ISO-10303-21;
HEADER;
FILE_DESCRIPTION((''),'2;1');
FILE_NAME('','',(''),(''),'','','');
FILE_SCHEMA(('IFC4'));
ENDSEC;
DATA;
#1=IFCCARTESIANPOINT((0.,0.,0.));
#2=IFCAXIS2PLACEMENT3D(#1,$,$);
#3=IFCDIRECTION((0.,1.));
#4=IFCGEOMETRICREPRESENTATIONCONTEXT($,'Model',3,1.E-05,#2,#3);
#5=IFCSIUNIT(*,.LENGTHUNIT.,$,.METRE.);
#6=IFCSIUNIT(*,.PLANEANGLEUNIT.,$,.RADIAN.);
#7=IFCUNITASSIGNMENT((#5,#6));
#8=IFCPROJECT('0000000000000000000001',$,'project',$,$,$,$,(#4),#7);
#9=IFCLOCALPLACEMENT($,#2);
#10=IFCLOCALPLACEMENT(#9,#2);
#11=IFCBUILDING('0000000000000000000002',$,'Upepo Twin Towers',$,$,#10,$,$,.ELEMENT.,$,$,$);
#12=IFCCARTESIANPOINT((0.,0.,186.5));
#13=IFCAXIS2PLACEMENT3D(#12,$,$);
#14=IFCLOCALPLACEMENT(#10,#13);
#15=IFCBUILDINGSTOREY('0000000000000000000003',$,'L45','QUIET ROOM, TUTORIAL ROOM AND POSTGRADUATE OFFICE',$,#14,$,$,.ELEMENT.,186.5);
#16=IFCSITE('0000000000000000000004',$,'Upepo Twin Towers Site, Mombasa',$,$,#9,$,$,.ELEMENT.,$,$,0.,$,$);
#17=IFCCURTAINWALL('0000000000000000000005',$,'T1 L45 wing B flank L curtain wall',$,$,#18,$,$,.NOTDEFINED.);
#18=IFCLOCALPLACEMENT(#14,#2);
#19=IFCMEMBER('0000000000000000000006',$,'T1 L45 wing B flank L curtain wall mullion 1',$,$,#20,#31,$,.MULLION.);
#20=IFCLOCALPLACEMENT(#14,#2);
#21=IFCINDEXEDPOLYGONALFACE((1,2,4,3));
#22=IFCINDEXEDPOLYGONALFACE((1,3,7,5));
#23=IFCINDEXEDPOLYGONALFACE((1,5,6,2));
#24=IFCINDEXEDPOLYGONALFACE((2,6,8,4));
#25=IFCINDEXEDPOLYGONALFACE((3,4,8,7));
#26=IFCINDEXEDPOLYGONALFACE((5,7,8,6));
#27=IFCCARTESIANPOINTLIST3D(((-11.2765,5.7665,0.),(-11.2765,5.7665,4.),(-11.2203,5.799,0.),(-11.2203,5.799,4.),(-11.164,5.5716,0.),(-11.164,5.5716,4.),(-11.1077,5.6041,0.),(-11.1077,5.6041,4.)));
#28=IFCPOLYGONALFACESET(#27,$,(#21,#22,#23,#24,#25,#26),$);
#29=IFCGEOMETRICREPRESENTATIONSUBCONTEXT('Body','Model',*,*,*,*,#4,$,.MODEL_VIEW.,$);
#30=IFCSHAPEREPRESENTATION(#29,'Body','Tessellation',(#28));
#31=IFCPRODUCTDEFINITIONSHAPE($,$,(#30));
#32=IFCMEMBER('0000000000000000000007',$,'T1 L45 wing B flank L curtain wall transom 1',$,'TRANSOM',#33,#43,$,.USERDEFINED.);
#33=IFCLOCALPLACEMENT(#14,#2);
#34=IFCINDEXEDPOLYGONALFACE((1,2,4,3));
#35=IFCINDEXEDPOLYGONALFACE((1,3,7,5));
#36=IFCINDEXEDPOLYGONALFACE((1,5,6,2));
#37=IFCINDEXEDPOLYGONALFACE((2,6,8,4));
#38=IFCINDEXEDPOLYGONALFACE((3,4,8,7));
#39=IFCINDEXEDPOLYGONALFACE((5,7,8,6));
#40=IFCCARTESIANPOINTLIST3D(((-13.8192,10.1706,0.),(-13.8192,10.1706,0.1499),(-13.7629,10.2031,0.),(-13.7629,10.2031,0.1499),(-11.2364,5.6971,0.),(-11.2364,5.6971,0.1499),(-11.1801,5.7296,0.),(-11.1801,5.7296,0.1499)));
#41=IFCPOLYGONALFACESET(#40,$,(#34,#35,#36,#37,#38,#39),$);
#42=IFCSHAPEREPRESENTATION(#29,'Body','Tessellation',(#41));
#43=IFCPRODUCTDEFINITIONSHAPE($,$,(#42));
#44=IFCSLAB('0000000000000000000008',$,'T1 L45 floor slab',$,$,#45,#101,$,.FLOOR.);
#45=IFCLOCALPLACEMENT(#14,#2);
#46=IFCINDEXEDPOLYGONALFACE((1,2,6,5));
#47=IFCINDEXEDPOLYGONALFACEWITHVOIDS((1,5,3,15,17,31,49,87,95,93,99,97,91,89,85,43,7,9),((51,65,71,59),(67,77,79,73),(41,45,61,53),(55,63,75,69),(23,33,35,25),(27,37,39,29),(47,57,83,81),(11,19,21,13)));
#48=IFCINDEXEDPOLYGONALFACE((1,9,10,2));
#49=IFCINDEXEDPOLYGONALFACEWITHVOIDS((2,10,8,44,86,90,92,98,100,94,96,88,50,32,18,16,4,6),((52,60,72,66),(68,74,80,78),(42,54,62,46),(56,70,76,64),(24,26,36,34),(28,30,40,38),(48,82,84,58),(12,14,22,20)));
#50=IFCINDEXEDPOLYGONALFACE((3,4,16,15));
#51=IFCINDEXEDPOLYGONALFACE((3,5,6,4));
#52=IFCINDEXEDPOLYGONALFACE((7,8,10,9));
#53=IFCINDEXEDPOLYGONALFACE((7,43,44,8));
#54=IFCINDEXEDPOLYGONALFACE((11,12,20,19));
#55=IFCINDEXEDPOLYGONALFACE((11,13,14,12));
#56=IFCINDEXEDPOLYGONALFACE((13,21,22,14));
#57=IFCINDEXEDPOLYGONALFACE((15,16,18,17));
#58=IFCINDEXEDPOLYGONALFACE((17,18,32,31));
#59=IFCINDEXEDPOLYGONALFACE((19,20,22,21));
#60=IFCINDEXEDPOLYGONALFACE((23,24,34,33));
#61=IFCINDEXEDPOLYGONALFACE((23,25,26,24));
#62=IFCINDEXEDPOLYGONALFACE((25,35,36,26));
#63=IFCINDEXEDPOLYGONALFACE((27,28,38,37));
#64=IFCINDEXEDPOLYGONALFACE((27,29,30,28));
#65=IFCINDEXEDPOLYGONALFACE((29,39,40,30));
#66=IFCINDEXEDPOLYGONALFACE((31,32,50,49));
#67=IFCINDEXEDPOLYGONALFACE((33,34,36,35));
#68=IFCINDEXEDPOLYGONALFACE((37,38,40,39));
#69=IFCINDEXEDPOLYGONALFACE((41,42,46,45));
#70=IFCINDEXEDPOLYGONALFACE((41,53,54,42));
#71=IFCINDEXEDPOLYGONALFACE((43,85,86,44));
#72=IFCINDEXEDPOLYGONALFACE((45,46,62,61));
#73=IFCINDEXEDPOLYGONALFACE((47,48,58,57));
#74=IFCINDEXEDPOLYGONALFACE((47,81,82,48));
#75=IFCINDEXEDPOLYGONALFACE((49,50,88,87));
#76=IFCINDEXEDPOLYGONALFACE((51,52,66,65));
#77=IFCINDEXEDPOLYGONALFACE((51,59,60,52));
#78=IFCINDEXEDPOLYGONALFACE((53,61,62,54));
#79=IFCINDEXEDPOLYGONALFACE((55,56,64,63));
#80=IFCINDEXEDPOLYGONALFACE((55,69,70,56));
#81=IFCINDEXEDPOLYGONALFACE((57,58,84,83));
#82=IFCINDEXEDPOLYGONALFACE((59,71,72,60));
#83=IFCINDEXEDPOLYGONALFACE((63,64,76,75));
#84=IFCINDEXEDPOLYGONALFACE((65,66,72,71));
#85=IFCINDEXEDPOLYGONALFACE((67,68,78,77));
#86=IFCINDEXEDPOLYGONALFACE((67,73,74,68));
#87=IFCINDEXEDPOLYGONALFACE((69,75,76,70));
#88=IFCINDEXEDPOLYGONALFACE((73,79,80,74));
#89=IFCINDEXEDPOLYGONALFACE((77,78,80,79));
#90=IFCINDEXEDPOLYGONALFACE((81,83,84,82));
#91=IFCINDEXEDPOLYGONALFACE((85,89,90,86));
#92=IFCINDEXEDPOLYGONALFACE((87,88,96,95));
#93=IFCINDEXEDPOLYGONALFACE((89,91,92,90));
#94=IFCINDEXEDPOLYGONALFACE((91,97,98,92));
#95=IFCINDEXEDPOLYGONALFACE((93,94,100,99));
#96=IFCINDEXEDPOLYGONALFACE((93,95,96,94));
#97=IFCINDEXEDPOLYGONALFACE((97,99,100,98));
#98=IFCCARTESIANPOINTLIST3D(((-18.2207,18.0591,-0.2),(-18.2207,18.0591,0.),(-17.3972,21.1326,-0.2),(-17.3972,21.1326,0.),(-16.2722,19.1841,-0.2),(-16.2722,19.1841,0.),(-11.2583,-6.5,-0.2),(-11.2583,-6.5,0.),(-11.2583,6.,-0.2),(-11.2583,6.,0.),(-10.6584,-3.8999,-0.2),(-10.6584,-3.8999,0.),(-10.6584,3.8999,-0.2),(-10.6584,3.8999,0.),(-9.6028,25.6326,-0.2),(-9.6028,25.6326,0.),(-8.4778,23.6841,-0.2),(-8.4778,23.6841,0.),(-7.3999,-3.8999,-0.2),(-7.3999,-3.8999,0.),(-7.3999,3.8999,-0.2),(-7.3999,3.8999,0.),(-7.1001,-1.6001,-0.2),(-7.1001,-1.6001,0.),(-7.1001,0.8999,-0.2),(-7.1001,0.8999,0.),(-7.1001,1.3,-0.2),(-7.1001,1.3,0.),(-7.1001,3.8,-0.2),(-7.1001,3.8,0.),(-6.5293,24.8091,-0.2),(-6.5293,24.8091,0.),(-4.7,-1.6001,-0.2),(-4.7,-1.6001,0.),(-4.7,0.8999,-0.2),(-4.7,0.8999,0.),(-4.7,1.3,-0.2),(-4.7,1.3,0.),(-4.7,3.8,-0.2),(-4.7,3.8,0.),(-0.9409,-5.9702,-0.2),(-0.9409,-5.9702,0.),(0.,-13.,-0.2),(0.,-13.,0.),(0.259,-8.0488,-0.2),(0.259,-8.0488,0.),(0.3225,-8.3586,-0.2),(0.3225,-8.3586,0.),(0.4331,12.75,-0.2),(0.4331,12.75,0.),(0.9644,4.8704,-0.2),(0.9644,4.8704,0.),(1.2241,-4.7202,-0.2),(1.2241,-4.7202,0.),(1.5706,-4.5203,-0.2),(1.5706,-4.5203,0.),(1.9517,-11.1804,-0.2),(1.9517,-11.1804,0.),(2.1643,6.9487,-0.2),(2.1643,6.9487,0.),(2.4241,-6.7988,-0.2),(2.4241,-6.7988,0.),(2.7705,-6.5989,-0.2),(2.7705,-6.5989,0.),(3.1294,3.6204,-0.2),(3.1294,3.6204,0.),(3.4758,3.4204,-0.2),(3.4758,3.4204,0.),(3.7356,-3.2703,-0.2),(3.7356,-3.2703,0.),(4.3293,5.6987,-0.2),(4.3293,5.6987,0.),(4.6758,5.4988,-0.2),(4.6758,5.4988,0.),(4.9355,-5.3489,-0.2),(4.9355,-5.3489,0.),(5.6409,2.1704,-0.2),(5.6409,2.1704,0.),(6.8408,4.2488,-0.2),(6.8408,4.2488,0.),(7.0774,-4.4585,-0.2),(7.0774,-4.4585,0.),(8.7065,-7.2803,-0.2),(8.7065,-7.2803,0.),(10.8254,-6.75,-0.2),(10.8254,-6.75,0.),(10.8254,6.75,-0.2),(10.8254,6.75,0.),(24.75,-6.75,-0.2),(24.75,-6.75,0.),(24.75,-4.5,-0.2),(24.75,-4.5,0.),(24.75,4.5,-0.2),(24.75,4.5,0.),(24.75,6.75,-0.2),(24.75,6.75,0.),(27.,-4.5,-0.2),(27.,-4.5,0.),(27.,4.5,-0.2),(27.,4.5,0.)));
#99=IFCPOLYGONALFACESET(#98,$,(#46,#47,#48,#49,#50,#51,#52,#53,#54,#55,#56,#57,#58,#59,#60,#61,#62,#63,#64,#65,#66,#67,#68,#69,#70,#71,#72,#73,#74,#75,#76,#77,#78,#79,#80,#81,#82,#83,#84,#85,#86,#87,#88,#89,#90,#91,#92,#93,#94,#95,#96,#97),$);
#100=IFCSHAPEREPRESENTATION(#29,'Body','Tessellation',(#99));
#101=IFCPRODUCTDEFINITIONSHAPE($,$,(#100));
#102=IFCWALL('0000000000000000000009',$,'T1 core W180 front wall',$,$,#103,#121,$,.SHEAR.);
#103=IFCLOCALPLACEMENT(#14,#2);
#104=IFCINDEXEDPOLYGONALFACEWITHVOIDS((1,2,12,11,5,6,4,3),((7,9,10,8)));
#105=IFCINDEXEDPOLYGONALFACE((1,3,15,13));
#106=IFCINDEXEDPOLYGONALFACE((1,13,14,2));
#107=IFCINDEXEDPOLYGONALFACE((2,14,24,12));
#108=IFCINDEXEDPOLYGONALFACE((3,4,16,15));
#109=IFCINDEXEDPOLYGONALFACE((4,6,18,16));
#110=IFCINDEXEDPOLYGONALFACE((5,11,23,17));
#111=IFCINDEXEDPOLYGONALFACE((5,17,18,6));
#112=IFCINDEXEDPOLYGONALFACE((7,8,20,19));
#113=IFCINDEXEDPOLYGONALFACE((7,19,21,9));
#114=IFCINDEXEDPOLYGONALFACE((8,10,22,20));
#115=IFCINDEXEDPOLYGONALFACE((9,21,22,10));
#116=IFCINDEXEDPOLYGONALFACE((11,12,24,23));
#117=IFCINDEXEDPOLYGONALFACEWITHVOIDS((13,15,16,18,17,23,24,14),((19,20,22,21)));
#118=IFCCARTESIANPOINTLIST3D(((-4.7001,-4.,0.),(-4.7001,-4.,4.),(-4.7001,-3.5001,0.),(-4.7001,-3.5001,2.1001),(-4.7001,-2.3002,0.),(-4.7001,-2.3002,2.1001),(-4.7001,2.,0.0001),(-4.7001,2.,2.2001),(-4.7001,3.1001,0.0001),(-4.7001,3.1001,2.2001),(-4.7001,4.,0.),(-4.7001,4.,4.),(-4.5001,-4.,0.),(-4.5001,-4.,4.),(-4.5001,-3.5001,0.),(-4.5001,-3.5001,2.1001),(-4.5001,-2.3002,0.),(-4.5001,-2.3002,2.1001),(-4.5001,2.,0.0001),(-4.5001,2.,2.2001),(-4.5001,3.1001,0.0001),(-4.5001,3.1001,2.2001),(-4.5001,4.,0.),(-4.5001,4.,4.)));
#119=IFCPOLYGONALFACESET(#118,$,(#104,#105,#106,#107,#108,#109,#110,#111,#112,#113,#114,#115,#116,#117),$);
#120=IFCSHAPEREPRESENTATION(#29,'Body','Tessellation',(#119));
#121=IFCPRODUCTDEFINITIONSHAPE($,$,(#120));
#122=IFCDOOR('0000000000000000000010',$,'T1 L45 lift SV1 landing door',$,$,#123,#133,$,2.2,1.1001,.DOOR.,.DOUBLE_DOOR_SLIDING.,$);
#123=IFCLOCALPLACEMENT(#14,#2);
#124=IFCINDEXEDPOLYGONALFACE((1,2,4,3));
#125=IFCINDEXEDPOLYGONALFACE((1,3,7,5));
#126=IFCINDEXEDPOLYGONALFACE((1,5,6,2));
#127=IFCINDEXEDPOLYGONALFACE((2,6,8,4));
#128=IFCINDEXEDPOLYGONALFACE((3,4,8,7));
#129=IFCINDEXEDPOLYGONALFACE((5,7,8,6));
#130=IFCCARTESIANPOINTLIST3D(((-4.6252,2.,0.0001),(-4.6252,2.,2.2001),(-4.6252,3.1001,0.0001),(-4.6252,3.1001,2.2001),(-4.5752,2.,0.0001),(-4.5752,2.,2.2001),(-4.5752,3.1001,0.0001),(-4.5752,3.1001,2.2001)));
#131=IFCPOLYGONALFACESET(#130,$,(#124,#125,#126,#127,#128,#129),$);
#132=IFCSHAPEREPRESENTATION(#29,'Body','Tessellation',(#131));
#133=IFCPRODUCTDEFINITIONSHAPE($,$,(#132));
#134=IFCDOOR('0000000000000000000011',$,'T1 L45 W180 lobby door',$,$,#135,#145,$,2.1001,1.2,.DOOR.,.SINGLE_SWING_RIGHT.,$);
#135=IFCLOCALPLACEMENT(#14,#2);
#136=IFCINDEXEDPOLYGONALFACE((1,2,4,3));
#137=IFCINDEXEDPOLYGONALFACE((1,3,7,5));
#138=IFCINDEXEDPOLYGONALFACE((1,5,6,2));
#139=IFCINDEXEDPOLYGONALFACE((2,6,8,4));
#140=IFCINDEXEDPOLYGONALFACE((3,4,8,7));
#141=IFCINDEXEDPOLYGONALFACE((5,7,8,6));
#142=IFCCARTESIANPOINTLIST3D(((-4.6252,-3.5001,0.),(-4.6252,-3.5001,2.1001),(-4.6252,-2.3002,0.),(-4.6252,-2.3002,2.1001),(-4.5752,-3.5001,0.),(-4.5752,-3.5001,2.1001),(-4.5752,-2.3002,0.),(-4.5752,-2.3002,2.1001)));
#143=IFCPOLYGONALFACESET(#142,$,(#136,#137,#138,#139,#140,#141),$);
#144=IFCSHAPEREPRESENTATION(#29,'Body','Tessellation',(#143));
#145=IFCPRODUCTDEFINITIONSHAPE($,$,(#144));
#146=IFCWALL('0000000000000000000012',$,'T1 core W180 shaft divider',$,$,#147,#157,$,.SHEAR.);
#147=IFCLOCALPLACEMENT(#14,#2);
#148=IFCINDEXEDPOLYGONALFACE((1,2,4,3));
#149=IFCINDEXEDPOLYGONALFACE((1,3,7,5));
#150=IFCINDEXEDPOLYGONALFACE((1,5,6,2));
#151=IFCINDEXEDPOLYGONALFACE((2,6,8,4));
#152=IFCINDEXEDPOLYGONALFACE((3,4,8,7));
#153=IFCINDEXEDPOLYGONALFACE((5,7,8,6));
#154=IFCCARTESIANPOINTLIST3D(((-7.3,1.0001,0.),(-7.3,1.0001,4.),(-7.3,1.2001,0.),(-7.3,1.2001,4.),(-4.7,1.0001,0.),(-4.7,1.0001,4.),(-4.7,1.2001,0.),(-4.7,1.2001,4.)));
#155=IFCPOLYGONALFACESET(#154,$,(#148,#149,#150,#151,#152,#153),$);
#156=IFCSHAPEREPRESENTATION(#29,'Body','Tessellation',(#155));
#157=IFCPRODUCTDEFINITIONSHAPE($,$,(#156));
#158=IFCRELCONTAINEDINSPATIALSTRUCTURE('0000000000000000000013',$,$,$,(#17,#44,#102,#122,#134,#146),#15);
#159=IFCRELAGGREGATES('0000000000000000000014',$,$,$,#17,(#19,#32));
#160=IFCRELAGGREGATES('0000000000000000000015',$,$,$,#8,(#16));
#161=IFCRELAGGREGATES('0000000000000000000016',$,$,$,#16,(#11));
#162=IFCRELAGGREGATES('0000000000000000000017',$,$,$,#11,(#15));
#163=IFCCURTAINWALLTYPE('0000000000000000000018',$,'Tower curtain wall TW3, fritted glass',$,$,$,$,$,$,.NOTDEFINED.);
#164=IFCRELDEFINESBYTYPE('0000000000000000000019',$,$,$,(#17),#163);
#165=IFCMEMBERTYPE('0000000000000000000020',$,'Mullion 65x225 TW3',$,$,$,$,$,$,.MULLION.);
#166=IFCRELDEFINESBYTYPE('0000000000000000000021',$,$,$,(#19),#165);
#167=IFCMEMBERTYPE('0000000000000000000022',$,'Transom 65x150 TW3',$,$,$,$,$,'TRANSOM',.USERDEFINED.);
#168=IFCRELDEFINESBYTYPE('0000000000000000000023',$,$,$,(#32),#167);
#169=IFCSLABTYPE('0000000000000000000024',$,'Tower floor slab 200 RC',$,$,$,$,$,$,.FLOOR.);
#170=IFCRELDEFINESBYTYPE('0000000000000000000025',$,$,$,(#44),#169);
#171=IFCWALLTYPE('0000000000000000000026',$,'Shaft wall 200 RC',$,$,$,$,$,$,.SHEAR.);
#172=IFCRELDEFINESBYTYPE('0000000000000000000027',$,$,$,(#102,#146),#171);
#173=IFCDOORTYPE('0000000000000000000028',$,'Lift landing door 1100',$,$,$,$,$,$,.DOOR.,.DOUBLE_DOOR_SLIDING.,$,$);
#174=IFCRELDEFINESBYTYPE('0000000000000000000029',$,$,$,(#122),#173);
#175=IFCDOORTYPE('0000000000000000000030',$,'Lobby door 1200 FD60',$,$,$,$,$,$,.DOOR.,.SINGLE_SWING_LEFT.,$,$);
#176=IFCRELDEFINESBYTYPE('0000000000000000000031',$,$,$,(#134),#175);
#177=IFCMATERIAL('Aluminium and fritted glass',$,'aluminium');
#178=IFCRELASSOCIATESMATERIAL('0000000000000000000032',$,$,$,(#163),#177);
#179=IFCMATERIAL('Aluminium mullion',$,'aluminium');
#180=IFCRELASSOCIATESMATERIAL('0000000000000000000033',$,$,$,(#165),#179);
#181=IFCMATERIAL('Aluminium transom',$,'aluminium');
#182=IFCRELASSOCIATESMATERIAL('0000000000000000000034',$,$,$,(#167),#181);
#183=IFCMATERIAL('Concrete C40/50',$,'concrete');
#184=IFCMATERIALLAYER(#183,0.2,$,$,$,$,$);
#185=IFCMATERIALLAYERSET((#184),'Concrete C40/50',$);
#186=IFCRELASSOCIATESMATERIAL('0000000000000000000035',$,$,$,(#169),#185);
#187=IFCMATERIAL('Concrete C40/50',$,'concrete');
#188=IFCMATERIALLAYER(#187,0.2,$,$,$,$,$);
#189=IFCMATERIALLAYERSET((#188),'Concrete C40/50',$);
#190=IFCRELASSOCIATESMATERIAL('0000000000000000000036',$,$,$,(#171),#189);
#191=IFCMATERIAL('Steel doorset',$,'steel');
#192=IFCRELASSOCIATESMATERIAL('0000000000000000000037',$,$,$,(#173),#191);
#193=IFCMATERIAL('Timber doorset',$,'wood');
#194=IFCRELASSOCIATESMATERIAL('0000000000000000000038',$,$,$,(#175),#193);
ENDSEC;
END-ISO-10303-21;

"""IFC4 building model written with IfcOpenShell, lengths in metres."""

from ifc_helpers import new_model, si_unit, direction, frame, frame_2d, origin, origin_2d, place, context, subcontext, project, spatial, polyline, rectangle, outline, extrude, material, layer, layer_set, material_profile, profile_set, type_object, element, fill, aggregate, save


model = new_model("IFC4")

# Units and contexts
model_context = context("Model", 3, precision=1e-05, world=origin(), true_north=direction((0.0, 1.0)))
body_context = subcontext(model_context, "Body", "Model", "MODEL_VIEW")
ifc_project = project(units=[si_unit("LENGTHUNIT", "METRE"), si_unit("PLANEANGLEUNIT", "RADIAN")], contexts=[model_context])

# Site, building, storey
site_placement = place(None, origin())
site = spatial("IfcSite", under=ifc_project, at=site_placement, Name="Upepo Twin Towers Site, Mombasa", CompositionType="ELEMENT", RefElevation=0.0)
building_placement = place(site_placement, origin())
building = spatial("IfcBuilding", under=site, at=building_placement, Name="Upepo Twin Towers", CompositionType="ELEMENT")
storey_placement = place(building_placement, frame((0.0, 0.0, 186.5)))
storey = spatial("IfcBuildingStorey", under=building, at=storey_placement, Name="L45", Description="QUIET ROOM, TUTORIAL ROOM AND POSTGRADUATE OFFICE", CompositionType="ELEMENT", Elevation=186.5)

# Curtain wall, members
ifc_material_1 = material(Name="Aluminium and fritted glass", Category="aluminium")
curtain_wall_type = type_object("IfcCurtainWallType", Name="Tower curtain wall TW3, fritted glass", PredefinedType="NOTDEFINED", material=ifc_material_1)
curtain_wall_placement = place(storey_placement, origin())
curtain_wall = element("IfcCurtainWall", 1, at=curtain_wall_placement, inside=storey, type_object=curtain_wall_type, Name="T1 L45 wing B flank L curtain wall", PredefinedType="NOTDEFINED")
ifc_material_2 = material(Name="Aluminium mullion", Category="aluminium")
ifc_material_profile_1 = material_profile(ifc_material_2, rectangle(XDim=0.0649, YDim=0.2251, at=origin_2d()), Name="MULLION 65x225")
ifc_profile_set_1 = profile_set([ifc_material_profile_1], Name="Aluminium mullion")
member_type_1 = type_object("IfcMemberType", Name="Mullion 65x225 TW3", PredefinedType="MULLION", material=ifc_profile_set_1)
member_1_placement = place(storey_placement, frame((-11.1921, 5.6853, 0.0), z_axis=(0.0, 0.0, 1.0), x_axis=(-0.866025, -0.5, 0.0)))
member_1 = element("IfcMember", 2, at=member_1_placement, type_object=member_type_1, Name="T1 L45 wing B flank L curtain wall mullion 1", PredefinedType="MULLION", context=body_context, shape_type="SweptSolid", body=[
    extrude(rectangle(XDim=0.0649, YDim=0.2251, at=origin_2d()), origin(), (0.0, 0.0, 1.0), 4.0),
])
ifc_material_3 = material(Name="Aluminium transom", Category="aluminium")
ifc_material_profile_2 = material_profile(ifc_material_3, rectangle(XDim=0.0649, YDim=0.1499, at=origin_2d()), Name="TRANSOM 65x150")
ifc_profile_set_2 = profile_set([ifc_material_profile_2], Name="Aluminium transom")
member_type_2 = type_object("IfcMemberType", Name="Transom 65x150 TW3", ElementType="TRANSOM", PredefinedType="USERDEFINED", material=ifc_profile_set_2)
member_2_placement = place(storey_placement, frame((-11.2083, 5.7134, 0.075), z_axis=(-0.500007, 0.866021, 0.0), x_axis=(-0.866021, -0.500007, 0.0)))
member_2 = element("IfcMember", 3, at=member_2_placement, type_object=member_type_2, Name="T1 L45 wing B flank L curtain wall transom 1", ObjectType="TRANSOM", PredefinedType="USERDEFINED", context=body_context, shape_type="SweptSolid", body=[
    extrude(rectangle(XDim=0.0649, YDim=0.1499, at=origin_2d()), origin(), (0.0, 0.0, 1.0), 5.1655),
])
aggregate(curtain_wall, [member_1, member_2])

# Slab
ifc_material_4 = material(Name="Concrete C40/50", Category="concrete")
ifc_layer_1 = layer(ifc_material_4, 0.2)
ifc_layer_set_1 = layer_set([ifc_layer_1], Name="Concrete C40/50")
slab_type = type_object("IfcSlabType", Name="Tower floor slab 200 RC", PredefinedType="FLOOR", material=ifc_layer_set_1)
slab_placement = place(storey_placement, frame((0.0, 0.0, -0.2)))
element("IfcSlab", 4, at=slab_placement, inside=storey, type_object=slab_type, Name="T1 L45 floor slab", PredefinedType="FLOOR", context=body_context, shape_type="SweptSolid", body=[
    extrude(outline(polyline([(10.8254, 6.75), (24.75, 6.75), (24.75, 4.5), (27.0, 4.5), (27.0, -4.5), (24.75, -4.5), (24.75, -6.75), (10.8254, -6.75), (0.0, -13.0), (-11.2583, -6.5), (-11.2583, 6.0), (-18.2207, 18.0591), (-16.2722, 19.1841), (-17.3972, 21.1326), (-9.6028, 25.6326), (-8.4778, 23.6841), (-6.5293, 24.8091), (0.4331, 12.75), (10.8254, 6.75)]), holes=[polyline([(5.6409, 2.1704), (6.8408, 4.2488), (4.6758, 5.4988), (3.4758, 3.4204), (5.6409, 2.1704)]), polyline([(3.1294, 3.6204), (4.3293, 5.6987), (2.1643, 6.9487), (0.9644, 4.8704), (3.1294, 3.6204)]), polyline([(-4.7, 3.8), (-7.1001, 3.8), (-7.1001, 1.3), (-4.7, 1.3), (-4.7, 3.8)]), polyline([(-4.7, 0.8999), (-7.1001, 0.8999), (-7.1001, -1.6001), (-4.7, -1.6001), (-4.7, 0.8999)]), polyline([(-7.3999, 3.8999), (-10.6584, 3.8999), (-10.6584, -3.8999), (-7.3999, -3.8999), (-7.3999, 3.8999)]), polyline([(-0.9409, -5.9702), (0.259, -8.0488), (2.4241, -6.7988), (1.2241, -4.7202), (-0.9409, -5.9702)]), polyline([(1.5706, -4.5203), (2.7705, -6.5989), (4.9355, -5.3489), (3.7356, -3.2703), (1.5706, -4.5203)]), polyline([(0.3225, -8.3586), (1.9517, -11.1804), (8.7065, -7.2803), (7.0774, -4.4585), (0.3225, -8.3586)])]), origin(), (0.0, 0.0, 1.0), 0.2),
])

# Wall, openings, doors
ifc_material_5 = material(Name="Concrete C40/50", Category="concrete")
ifc_layer_2 = layer(ifc_material_5, 0.2)
ifc_layer_set_2 = layer_set([ifc_layer_2], Name="Concrete C40/50")
wall_type_1 = type_object("IfcWallType", Name="Shaft wall 200 RC", PredefinedType="SHEAR", material=ifc_layer_set_2)
wall_1_placement = place(storey_placement, frame((-4.6001, 4.0, 0.0), z_axis=(0.0, 0.0, 1.0), x_axis=(0.0, -1.0, 0.0)))
wall_1 = element("IfcWall", 5, at=wall_1_placement, inside=storey, type_object=wall_type_1, Name="T1 core W180 front wall", PredefinedType="SHEAR", context=body_context, shape_type="SweptSolid", body=[
    extrude(rectangle(XDim=8.0, YDim=0.2, at=frame_2d((4.0, 0.0))), origin(), (0.0, 0.0, 1.0), 4.0),
])
opening_1_placement = place(wall_1_placement, frame((6.3, 0.0, 0.0)))
opening_1 = element("IfcOpeningElement", 6, at=opening_1_placement, cuts=wall_1, PredefinedType="OPENING", context=body_context, shape_type="SweptSolid", body=[
    extrude(rectangle(XDim=1.2, YDim=2.1001, at=frame_2d((0.6001, 1.05))), frame((0.0, 0.1099, 0.0), z_axis=(0.0, -1.0, 0.0), x_axis=(1.0, 0.0, 0.0)), (0.0, 0.0, 1.0), 0.22),
])
opening_2_placement = place(wall_1_placement, frame((0.8999, 0.0, 0.0)))
opening_2 = element("IfcOpeningElement", 7, at=opening_2_placement, cuts=wall_1, PredefinedType="OPENING", context=body_context, shape_type="SweptSolid", body=[
    extrude(rectangle(XDim=1.1001, YDim=2.2, at=frame_2d((0.55, 1.1001))), frame((0.0, 0.1099, 0.0), z_axis=(0.0, -1.0, 0.0), x_axis=(1.0, 0.0, 0.0)), (0.0, 0.0, 1.0), 0.22),
])
ifc_material_6 = material(Name="Steel doorset", Category="steel")
door_type_1 = type_object("IfcDoorType", Name="Lift landing door 1100", OperationType="DOUBLE_DOOR_SLIDING", PredefinedType="DOOR", material=ifc_material_6)
door_1_placement = place(opening_2_placement, origin())
door_1 = element("IfcDoor", 8, at=door_1_placement, inside=storey, type_object=door_type_1, Name="T1 L45 lift SV1 landing door", OperationType="DOUBLE_DOOR_SLIDING", OverallHeight=2.2, OverallWidth=1.1001, PredefinedType="DOOR", context=body_context, shape_type="SweptSolid", body=[
    extrude(rectangle(XDim=1.1001, YDim=2.2, at=frame_2d((0.55, 1.1001))), frame((0.0, 0.0249, 0.0), z_axis=(0.0, -1.0, 0.0), x_axis=(1.0, 0.0, 0.0)), (0.0, 0.0, 1.0), 0.05),
])
fill(opening_2, door_1)
ifc_material_7 = material(Name="Timber doorset", Category="wood")
door_type_2 = type_object("IfcDoorType", Name="Lobby door 1200 FD60", OperationType="SINGLE_SWING_LEFT", PredefinedType="DOOR", material=ifc_material_7)
door_2_placement = place(opening_1_placement, origin())
door_2 = element("IfcDoor", 9, at=door_2_placement, inside=storey, type_object=door_type_2, Name="T1 L45 W180 lobby door", OperationType="SINGLE_SWING_RIGHT", OverallHeight=2.1001, OverallWidth=1.2, PredefinedType="DOOR", context=body_context, shape_type="SweptSolid", body=[
    extrude(rectangle(XDim=1.2, YDim=2.1001, at=frame_2d((0.6001, 1.05))), frame((0.0, 0.0249, 0.0), z_axis=(0.0, -1.0, 0.0), x_axis=(1.0, 0.0, 0.0)), (0.0, 0.0, 1.0), 0.05),
])
fill(opening_1, door_2)

# Wall
wall_2_placement = place(storey_placement, frame((-4.7, 1.1001, 0.0), z_axis=(0.0, 0.0, 1.0), x_axis=(-1.0, 0.0, 0.0)))
element("IfcWall", 10, at=wall_2_placement, inside=storey, type_object=wall_type_1, Name="T1 core W180 shaft divider", PredefinedType="SHEAR", context=body_context, shape_type="SweptSolid", body=[
    extrude(rectangle(XDim=2.6001, YDim=0.2, at=frame_2d((1.3, 0.0))), origin(), (0.0, 0.0, 1.0), 4.0),
])

save(model, "model.ifc")
